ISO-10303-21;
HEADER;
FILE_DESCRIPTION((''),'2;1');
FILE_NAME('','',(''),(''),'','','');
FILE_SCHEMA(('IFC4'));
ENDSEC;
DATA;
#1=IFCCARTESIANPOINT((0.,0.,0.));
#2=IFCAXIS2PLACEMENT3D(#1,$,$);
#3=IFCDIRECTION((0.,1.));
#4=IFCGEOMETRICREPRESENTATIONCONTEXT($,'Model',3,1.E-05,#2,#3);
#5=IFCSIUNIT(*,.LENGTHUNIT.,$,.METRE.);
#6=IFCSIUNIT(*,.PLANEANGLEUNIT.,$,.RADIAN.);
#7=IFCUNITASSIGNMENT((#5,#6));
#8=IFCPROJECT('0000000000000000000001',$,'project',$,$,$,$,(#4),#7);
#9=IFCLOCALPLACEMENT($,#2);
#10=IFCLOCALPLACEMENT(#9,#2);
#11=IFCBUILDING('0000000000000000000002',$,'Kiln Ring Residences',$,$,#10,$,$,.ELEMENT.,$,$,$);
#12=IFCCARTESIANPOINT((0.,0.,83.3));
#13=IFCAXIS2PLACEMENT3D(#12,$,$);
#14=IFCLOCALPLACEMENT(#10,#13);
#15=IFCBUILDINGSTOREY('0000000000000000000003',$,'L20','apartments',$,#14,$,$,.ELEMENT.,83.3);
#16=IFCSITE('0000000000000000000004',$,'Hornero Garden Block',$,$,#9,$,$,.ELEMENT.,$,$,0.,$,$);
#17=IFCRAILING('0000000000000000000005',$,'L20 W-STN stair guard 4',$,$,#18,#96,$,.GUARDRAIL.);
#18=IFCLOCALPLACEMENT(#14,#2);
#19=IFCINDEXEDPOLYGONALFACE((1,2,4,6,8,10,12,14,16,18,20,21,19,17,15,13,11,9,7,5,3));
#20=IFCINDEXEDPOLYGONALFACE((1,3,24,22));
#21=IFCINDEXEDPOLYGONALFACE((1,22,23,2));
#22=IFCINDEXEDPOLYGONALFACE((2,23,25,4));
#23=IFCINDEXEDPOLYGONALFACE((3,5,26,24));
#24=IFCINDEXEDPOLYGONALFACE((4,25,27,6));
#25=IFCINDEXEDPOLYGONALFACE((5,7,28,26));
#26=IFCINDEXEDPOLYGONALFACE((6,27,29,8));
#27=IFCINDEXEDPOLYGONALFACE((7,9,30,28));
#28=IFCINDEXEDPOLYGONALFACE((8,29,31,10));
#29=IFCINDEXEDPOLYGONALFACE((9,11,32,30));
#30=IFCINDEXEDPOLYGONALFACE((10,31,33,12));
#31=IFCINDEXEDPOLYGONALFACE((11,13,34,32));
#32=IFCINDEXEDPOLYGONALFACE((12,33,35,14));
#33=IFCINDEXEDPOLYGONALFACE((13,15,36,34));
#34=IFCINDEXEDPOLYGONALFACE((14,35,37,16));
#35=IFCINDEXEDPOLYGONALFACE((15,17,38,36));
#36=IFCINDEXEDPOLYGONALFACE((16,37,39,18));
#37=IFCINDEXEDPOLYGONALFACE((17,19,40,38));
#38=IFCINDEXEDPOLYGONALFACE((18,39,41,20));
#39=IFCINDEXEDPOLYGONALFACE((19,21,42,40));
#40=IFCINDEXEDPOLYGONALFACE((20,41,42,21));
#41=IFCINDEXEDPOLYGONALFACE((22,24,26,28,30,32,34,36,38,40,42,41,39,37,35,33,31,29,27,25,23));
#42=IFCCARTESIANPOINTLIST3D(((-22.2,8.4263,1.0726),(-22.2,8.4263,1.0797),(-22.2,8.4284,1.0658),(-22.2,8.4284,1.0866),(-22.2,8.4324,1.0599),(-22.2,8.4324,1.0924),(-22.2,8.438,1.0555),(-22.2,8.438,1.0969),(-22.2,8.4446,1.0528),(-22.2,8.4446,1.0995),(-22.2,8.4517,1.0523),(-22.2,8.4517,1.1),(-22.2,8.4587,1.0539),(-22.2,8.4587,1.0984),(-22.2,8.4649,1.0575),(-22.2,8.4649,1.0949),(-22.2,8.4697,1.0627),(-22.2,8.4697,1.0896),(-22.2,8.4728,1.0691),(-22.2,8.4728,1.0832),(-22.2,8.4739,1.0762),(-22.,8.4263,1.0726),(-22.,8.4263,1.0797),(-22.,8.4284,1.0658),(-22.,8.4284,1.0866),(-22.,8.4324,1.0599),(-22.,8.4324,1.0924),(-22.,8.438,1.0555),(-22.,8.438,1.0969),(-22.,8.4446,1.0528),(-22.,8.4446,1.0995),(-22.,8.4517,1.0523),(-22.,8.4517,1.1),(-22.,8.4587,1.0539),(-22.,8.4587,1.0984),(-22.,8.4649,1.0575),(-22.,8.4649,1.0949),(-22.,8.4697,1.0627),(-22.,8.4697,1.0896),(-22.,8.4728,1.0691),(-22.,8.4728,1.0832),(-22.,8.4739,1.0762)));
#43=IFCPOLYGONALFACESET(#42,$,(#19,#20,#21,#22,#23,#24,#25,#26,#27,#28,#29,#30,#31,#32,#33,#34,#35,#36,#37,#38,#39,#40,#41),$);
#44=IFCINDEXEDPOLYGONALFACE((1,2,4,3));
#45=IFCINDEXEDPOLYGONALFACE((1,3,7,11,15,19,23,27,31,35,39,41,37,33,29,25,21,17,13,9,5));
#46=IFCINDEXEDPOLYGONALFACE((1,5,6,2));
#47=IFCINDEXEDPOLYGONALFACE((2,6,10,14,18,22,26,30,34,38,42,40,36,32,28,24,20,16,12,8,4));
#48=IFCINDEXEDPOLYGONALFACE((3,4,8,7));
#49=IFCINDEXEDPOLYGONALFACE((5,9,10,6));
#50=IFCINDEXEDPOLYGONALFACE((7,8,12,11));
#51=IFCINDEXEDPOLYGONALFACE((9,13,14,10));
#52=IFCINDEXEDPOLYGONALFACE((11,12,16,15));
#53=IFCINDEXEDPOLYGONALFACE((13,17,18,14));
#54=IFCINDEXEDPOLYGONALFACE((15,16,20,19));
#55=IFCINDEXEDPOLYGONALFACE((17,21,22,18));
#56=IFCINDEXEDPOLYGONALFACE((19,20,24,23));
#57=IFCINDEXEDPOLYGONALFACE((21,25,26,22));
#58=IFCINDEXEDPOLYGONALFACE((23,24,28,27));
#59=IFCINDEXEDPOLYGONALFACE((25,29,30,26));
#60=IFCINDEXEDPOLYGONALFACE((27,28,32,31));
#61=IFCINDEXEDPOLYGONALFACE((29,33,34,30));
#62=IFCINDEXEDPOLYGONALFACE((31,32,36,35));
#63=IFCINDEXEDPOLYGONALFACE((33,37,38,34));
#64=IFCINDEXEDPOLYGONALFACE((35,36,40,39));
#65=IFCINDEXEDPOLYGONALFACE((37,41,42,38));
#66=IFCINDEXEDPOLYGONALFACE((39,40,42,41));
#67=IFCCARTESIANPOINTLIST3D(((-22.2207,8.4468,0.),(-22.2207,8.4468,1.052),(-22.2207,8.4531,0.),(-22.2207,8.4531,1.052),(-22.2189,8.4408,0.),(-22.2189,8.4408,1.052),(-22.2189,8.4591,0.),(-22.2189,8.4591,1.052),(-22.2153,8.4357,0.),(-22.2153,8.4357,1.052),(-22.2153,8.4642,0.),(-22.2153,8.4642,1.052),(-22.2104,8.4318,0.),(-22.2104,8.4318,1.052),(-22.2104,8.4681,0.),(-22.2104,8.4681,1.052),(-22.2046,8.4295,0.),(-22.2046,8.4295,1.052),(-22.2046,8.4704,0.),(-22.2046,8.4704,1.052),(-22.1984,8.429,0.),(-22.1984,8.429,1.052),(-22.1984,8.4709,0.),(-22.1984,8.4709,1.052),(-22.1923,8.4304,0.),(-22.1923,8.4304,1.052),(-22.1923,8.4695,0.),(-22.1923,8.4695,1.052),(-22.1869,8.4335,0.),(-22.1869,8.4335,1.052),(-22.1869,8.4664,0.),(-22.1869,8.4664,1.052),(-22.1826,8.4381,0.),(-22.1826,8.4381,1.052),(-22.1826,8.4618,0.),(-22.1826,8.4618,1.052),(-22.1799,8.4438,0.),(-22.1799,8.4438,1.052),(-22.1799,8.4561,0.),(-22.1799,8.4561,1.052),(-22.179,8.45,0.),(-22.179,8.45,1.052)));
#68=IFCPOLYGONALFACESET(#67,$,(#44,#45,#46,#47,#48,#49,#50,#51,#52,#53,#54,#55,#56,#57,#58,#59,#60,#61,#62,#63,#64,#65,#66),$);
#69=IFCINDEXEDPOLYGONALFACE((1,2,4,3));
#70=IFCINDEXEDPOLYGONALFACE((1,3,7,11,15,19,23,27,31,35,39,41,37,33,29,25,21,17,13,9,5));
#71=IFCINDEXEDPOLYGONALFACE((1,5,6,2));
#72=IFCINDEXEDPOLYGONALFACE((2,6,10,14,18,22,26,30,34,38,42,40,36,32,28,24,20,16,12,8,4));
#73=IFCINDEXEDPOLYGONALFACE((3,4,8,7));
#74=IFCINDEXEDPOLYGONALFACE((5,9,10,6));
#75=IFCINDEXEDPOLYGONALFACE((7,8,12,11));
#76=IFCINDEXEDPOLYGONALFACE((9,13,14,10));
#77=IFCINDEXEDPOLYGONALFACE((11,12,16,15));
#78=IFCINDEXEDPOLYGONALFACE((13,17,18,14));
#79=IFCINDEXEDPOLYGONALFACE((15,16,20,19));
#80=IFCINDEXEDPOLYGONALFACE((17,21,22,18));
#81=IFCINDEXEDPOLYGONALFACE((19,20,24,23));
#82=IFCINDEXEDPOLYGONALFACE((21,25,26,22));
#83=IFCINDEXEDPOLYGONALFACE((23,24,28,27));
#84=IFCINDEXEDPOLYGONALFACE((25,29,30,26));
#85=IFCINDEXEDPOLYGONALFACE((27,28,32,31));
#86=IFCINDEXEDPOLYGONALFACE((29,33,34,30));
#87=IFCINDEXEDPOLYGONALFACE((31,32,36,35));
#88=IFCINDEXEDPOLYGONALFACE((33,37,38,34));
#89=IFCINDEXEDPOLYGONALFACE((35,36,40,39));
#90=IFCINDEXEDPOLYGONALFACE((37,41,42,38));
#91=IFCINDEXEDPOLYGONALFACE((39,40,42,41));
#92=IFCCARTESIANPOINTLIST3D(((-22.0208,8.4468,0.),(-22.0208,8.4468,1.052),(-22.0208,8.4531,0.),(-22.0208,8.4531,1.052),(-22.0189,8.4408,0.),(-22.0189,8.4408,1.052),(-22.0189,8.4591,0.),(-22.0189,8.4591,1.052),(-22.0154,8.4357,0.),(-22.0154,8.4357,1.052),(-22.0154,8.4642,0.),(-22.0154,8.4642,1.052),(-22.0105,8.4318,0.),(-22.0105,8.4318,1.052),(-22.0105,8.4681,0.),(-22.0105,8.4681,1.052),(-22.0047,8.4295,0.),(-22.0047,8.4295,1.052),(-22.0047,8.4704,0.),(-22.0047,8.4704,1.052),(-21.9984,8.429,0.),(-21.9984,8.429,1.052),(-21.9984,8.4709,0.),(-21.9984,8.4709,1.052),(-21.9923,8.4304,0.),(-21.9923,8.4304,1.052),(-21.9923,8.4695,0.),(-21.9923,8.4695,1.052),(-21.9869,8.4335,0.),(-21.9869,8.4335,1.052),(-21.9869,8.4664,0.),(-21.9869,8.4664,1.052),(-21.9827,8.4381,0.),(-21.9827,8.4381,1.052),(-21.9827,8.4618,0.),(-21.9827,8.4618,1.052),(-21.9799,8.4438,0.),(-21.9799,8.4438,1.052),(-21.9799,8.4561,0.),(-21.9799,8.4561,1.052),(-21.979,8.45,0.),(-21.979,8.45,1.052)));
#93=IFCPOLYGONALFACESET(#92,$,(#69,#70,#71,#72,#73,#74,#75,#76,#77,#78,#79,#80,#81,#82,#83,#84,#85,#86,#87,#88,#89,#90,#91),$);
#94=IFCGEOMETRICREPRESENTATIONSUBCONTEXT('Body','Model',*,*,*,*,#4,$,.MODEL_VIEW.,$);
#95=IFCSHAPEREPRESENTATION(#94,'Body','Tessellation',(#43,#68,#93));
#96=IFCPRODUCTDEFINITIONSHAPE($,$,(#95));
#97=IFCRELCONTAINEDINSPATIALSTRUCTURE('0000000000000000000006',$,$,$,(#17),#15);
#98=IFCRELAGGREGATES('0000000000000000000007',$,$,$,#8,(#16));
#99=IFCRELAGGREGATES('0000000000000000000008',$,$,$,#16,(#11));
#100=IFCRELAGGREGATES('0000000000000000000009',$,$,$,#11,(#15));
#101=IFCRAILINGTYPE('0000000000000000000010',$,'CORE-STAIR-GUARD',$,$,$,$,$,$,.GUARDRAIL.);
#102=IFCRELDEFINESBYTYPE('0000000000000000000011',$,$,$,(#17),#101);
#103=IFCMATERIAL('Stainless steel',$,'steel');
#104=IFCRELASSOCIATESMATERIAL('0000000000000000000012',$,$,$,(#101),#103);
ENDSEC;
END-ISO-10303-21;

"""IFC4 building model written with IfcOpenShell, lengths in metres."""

from ifc_helpers import new_model, si_unit, direction, frame, origin, origin_2d, place, context, subcontext, project, spatial, circle, extrude, material, type_object, element, save


model = new_model("IFC4")

# Units and contexts
model_context = context("Model", 3, precision=1e-05, world=origin(), true_north=direction((0.0, 1.0)))
body_context = subcontext(model_context, "Body", "Model", "MODEL_VIEW")
ifc_project = project(units=[si_unit("LENGTHUNIT", "METRE"), si_unit("PLANEANGLEUNIT", "RADIAN")], contexts=[model_context])

# Site, building, storey
site_placement = place(None, origin())
site = spatial("IfcSite", under=ifc_project, at=site_placement, Name="Hornero Garden Block", CompositionType="ELEMENT", RefElevation=0.0)
building_placement = place(site_placement, origin())
building = spatial("IfcBuilding", under=site, at=building_placement, Name="Kiln Ring Residences", CompositionType="ELEMENT")
storey_placement = place(building_placement, frame((0.0, 0.0, 83.3)))
storey = spatial("IfcBuildingStorey", under=building, at=storey_placement, Name="L20", Description="apartments", CompositionType="ELEMENT", Elevation=83.3)

# Railing
ifc_material_1 = material(Name="Stainless steel", Category="steel")
railing_type_1 = type_object("IfcRailingType", Name="CORE-STAIR-GUARD", PredefinedType="GUARDRAIL", material=ifc_material_1)
railing_1_placement = place(storey_placement, frame((-22.2, 8.45, 0.0)))
element("IfcRailing", 1, at=railing_1_placement, inside=storey, type_object=railing_type_1, Name="L20 W-STN stair guard 4", PredefinedType="GUARDRAIL", context=body_context, shape_type="SweptSolid", body=[
    extrude(circle(Radius=0.0239, at=origin_2d()), frame((0.0, 0.0, 1.0762), z_axis=(1.0, 0.0, 0.0), x_axis=(0.0, 1.0, 0.0)), (0.0, 0.0, 1.0), 0.2),
    extrude(circle(Radius=0.021, at=origin_2d()), origin(), (0.0, 0.0, 1.0), 1.052),
    extrude(circle(Radius=0.021, at=origin_2d()), frame((0.2, 0.0, 0.0)), (0.0, 0.0, 1.0), 1.052),
])

save(model, "model.ifc")
